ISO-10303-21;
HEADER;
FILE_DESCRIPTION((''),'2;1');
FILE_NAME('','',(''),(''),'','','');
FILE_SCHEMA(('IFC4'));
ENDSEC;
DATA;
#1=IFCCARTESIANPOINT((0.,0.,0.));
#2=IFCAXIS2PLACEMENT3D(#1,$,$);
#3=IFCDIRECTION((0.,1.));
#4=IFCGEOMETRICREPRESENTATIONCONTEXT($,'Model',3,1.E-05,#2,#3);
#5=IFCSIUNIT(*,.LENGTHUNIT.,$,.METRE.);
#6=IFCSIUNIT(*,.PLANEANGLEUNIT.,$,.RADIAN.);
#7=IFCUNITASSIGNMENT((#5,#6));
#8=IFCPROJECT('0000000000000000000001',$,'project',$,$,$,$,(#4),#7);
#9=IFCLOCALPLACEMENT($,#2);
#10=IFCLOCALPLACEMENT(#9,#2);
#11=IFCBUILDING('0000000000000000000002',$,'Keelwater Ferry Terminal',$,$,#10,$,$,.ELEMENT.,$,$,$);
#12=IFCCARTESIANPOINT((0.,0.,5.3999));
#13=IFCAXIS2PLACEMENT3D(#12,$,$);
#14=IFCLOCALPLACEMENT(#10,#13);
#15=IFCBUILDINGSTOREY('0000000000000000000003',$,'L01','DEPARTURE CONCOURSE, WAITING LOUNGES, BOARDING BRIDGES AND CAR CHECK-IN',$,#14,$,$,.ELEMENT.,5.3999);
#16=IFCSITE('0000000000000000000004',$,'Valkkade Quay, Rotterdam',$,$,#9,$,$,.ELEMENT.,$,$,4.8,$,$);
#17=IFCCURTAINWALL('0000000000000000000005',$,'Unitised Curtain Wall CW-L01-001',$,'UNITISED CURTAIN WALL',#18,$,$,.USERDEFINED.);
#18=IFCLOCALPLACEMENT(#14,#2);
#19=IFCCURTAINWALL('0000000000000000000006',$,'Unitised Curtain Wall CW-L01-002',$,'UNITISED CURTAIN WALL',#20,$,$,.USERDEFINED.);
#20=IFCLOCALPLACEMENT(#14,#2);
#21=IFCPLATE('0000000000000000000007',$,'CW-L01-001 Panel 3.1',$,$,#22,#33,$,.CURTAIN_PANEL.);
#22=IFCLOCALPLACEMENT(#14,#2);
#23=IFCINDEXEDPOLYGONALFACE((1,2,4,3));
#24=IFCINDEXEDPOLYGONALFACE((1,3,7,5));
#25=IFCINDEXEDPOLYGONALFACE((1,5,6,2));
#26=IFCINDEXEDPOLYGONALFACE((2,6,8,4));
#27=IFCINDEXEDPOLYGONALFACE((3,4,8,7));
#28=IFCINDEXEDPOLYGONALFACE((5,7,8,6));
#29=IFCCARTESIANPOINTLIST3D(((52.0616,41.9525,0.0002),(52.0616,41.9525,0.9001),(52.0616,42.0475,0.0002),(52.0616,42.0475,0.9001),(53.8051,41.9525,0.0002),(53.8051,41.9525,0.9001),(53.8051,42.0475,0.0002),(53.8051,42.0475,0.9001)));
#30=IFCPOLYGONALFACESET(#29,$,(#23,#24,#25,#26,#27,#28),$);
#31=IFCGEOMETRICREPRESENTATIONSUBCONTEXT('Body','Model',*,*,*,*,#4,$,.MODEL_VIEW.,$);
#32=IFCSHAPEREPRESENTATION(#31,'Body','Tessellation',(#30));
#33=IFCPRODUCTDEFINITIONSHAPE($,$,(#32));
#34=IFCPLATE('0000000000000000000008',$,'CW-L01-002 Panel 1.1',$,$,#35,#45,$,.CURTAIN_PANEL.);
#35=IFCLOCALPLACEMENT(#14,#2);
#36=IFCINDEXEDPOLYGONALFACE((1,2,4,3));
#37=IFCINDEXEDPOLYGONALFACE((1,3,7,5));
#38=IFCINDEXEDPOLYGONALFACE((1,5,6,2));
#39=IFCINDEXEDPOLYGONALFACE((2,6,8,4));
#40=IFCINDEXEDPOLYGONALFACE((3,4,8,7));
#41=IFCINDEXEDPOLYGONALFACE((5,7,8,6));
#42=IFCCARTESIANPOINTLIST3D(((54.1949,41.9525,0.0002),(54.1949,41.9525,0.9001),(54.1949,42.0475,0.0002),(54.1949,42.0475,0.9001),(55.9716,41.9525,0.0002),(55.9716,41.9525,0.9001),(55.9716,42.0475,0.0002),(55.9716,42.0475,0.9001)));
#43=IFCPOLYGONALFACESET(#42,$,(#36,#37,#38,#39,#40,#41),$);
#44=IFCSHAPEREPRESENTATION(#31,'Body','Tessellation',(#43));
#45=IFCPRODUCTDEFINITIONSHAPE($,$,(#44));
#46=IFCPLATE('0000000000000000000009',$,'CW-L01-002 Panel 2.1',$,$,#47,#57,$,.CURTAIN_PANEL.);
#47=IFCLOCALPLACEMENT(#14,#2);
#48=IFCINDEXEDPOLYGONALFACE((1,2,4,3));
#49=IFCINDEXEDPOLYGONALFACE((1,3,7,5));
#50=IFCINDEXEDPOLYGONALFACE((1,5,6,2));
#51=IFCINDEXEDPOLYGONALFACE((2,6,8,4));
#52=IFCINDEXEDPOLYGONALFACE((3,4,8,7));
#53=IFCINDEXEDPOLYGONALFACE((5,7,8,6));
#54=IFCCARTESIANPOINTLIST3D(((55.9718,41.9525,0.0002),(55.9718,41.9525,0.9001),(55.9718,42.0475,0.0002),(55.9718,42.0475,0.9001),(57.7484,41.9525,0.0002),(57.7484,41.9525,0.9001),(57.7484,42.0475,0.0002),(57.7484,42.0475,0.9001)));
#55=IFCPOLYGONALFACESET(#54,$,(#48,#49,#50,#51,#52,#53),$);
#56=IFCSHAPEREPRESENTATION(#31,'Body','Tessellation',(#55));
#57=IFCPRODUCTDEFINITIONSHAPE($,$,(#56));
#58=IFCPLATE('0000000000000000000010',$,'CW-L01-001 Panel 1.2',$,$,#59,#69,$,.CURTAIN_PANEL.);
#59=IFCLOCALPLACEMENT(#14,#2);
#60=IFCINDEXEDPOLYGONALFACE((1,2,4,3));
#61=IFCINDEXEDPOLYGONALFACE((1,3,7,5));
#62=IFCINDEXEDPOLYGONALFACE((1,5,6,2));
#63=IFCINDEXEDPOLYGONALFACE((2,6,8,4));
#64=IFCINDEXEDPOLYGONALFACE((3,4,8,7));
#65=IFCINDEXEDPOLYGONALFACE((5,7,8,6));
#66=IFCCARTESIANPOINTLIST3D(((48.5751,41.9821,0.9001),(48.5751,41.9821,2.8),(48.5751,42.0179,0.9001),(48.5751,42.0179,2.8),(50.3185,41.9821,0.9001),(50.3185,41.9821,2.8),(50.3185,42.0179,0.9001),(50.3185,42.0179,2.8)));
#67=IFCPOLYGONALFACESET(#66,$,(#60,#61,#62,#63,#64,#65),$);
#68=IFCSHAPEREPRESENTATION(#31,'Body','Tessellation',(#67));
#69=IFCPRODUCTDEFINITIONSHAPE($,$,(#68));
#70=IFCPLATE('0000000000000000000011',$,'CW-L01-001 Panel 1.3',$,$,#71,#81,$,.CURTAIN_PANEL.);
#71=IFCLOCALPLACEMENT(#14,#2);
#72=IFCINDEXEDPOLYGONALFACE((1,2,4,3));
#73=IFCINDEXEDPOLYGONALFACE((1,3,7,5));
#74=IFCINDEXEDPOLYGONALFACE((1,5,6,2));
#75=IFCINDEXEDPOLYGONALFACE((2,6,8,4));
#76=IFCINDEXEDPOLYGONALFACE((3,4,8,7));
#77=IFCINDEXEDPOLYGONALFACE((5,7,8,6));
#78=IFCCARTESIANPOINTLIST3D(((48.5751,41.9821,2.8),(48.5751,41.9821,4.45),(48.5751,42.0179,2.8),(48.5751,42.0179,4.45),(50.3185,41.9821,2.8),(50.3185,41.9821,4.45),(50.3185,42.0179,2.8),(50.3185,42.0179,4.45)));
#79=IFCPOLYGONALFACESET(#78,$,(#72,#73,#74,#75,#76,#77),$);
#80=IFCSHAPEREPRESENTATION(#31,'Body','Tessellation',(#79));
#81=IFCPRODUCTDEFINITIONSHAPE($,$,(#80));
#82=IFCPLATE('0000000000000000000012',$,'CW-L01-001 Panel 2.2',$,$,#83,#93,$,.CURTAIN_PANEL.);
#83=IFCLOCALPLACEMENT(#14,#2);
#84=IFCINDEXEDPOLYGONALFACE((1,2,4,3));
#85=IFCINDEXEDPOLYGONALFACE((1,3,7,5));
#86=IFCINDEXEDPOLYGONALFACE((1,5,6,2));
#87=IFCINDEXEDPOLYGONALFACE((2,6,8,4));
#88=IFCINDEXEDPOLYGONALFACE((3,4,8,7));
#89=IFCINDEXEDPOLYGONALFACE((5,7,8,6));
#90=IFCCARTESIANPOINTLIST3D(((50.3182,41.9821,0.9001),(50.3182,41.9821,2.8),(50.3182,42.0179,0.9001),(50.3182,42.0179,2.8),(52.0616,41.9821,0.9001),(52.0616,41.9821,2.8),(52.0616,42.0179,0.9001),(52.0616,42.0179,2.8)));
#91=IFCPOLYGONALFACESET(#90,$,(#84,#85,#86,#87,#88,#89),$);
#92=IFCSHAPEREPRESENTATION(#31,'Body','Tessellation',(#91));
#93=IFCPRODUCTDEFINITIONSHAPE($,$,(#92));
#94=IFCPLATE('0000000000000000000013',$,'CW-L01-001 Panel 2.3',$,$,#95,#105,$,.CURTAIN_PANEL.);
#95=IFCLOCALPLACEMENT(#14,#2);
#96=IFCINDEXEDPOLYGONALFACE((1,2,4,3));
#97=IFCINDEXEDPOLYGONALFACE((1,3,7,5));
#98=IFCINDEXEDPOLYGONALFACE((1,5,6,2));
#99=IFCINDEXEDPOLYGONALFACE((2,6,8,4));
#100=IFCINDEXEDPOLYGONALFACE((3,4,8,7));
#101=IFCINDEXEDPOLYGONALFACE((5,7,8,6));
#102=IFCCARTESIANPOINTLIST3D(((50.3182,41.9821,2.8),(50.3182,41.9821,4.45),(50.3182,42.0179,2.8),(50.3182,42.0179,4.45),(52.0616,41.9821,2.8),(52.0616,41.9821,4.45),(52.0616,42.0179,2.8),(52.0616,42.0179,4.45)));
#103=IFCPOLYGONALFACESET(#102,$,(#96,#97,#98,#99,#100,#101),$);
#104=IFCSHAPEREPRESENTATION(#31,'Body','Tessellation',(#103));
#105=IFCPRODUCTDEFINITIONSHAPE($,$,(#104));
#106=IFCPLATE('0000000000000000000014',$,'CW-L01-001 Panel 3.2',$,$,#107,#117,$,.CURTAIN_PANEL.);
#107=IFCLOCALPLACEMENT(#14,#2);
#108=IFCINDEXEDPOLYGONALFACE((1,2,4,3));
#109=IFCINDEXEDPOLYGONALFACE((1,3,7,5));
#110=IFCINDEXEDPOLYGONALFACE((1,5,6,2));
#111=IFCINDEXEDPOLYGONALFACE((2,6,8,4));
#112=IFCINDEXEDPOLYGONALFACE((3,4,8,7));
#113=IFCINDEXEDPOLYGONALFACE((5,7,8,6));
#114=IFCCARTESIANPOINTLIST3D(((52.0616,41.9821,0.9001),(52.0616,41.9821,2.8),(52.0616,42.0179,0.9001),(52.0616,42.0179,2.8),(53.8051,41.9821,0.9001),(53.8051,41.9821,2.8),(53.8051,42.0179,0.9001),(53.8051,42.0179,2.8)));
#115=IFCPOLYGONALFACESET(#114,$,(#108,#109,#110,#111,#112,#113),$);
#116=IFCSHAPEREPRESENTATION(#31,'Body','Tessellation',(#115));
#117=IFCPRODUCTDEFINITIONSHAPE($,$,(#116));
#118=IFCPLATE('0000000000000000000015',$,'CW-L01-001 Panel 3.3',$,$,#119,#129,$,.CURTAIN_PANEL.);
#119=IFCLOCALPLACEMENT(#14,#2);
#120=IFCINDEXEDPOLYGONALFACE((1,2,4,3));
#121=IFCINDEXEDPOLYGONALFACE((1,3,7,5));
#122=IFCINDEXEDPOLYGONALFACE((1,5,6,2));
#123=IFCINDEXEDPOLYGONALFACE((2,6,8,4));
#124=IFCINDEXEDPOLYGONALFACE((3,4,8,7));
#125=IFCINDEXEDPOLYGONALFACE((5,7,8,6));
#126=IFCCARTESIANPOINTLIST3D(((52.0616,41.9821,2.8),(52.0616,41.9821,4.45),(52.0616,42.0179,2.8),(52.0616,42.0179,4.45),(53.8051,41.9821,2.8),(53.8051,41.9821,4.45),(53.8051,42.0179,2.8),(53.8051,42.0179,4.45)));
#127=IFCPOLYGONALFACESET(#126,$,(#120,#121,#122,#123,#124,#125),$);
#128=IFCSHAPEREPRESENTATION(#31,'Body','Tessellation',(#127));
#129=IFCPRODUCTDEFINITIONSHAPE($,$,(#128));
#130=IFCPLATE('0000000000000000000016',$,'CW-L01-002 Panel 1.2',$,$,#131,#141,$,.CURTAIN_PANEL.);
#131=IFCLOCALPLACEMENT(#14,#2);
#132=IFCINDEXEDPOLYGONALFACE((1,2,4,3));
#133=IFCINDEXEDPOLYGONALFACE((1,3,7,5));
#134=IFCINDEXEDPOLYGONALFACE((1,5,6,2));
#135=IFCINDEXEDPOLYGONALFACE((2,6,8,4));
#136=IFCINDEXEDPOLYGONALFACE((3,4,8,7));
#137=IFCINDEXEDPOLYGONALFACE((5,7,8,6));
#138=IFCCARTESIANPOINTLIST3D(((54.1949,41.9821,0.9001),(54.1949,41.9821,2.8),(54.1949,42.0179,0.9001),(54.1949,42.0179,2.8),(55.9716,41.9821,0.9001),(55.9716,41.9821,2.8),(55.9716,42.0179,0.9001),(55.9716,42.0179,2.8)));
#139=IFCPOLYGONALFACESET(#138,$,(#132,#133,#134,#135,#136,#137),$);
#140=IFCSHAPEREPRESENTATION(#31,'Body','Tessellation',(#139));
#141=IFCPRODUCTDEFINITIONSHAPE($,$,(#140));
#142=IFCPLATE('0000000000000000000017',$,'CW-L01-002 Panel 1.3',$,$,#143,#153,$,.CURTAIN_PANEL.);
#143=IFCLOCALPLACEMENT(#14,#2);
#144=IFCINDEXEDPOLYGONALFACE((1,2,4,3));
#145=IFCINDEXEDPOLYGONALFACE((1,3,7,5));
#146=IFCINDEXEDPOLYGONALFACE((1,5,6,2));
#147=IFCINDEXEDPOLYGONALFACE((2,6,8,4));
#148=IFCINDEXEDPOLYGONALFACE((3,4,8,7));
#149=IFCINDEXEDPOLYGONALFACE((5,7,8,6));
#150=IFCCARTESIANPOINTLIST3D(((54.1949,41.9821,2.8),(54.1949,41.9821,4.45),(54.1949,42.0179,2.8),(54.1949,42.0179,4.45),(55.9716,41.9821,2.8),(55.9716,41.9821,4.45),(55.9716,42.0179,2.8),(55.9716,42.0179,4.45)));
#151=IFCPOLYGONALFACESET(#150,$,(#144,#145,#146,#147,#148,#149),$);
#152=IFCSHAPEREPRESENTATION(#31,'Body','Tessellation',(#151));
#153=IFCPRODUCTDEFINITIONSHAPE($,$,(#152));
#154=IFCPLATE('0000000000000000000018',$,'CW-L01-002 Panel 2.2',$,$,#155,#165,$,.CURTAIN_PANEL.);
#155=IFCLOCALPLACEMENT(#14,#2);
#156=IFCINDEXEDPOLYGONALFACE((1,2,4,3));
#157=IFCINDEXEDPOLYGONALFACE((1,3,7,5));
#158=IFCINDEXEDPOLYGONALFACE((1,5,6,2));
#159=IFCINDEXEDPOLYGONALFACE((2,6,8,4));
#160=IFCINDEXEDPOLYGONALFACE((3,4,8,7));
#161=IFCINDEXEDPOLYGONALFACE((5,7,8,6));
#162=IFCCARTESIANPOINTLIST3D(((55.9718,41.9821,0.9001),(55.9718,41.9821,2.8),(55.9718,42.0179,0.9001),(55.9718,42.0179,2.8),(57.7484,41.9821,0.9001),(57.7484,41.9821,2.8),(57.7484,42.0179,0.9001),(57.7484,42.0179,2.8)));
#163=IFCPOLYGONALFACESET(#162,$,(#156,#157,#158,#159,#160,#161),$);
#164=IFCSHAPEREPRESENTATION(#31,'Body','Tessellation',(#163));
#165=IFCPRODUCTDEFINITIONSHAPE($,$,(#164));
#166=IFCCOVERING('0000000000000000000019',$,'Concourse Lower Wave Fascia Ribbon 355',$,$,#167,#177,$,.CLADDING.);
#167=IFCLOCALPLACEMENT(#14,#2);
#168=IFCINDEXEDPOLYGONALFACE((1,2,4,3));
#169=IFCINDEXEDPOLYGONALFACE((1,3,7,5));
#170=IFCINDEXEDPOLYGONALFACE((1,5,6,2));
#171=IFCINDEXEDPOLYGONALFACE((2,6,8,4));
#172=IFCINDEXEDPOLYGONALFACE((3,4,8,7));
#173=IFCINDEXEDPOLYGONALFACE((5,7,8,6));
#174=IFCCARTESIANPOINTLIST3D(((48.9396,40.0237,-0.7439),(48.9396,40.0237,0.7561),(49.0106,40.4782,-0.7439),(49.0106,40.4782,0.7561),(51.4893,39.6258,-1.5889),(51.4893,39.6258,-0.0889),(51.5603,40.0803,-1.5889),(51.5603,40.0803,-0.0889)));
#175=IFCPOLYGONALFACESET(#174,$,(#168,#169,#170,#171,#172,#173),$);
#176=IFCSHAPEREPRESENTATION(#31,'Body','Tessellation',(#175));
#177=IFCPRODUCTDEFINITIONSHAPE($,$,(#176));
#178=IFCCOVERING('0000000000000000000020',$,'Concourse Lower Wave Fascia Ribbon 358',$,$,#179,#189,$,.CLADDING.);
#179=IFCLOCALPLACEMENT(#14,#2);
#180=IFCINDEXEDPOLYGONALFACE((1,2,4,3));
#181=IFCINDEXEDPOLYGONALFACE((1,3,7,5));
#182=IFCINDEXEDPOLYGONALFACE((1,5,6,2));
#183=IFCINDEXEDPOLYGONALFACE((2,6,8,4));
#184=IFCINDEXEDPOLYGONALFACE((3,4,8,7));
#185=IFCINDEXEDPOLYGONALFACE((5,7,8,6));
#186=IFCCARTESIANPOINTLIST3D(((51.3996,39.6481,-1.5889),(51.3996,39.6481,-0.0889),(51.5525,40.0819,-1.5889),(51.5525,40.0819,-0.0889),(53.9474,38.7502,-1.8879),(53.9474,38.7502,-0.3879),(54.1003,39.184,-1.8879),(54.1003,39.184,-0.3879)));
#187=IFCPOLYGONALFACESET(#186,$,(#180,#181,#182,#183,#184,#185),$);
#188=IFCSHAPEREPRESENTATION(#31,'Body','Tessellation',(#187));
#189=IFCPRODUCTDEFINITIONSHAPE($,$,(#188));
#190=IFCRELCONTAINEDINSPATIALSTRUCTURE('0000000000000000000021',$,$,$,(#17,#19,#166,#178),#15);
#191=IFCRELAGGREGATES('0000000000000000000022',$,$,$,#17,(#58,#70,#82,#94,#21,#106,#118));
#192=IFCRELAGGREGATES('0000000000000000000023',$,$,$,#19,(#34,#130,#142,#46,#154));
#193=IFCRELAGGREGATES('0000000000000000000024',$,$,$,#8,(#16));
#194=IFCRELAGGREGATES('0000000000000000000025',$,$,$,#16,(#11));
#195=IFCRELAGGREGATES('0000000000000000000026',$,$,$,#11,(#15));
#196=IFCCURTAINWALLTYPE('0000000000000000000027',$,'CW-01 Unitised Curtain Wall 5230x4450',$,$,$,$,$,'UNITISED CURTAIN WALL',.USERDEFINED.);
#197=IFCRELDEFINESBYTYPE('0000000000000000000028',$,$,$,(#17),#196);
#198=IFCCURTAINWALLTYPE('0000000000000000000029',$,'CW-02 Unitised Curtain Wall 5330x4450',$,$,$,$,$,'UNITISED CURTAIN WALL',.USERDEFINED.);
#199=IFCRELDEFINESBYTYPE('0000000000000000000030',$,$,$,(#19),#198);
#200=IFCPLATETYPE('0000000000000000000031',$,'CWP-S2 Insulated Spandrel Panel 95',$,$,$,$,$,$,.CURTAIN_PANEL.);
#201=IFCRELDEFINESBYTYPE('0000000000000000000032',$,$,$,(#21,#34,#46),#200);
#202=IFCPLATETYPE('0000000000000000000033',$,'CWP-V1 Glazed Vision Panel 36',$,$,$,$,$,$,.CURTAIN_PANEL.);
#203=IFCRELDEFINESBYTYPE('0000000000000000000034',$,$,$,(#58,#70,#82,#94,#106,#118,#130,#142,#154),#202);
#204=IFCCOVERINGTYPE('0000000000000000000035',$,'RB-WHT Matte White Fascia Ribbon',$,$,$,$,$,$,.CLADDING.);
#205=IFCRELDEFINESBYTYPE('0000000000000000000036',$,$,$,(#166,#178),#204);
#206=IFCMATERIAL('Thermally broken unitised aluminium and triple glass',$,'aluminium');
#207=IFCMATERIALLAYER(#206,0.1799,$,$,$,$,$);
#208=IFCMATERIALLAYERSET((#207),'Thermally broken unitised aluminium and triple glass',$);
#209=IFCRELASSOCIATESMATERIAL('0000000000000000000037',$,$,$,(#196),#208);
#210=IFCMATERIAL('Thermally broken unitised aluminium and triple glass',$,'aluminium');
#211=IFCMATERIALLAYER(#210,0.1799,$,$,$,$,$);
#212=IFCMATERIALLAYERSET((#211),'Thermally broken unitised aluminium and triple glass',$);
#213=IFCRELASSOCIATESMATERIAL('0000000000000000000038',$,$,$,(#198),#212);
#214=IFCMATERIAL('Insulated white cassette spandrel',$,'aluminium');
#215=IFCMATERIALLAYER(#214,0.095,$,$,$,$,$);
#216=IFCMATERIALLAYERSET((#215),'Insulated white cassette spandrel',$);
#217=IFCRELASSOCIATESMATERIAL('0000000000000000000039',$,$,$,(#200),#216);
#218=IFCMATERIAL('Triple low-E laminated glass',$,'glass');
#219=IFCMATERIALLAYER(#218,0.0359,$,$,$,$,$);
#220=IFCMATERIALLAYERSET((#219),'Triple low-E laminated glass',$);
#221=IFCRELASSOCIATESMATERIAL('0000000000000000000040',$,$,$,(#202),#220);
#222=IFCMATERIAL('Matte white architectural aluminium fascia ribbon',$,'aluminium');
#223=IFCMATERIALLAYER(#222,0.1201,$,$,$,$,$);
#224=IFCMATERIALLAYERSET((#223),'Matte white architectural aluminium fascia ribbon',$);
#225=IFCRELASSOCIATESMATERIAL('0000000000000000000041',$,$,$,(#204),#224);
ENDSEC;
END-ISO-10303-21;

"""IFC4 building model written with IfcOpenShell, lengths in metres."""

from ifc_helpers import new_model, si_unit, direction, frame, origin, origin_2d, place, context, subcontext, project, spatial, polyline, rectangle, outline, extrude, material, layer, layer_set, type_object, element, aggregate, save


model = new_model("IFC4")

# Units and contexts
model_context = context("Model", 3, precision=1e-05, world=origin(), true_north=direction((0.0, 1.0)))
body_context = subcontext(model_context, "Body", "Model", "MODEL_VIEW")
ifc_project = project(units=[si_unit("LENGTHUNIT", "METRE"), si_unit("PLANEANGLEUNIT", "RADIAN")], contexts=[model_context])

# Site, building, storey
site_placement = place(None, origin())
site = spatial("IfcSite", under=ifc_project, at=site_placement, Name="Valkkade Quay, Rotterdam", CompositionType="ELEMENT", RefElevation=4.8)
building_placement = place(site_placement, origin())
building = spatial("IfcBuilding", under=site, at=building_placement, Name="Keelwater Ferry Terminal", CompositionType="ELEMENT")
storey_placement = place(building_placement, frame((0.0, 0.0, 5.3999)))
storey = spatial("IfcBuildingStorey", under=building, at=storey_placement, Name="L01", Description="DEPARTURE CONCOURSE, WAITING LOUNGES, BOARDING BRIDGES AND CAR CHECK-IN", CompositionType="ELEMENT", Elevation=5.3999)

# Curtain walls
ifc_material_1 = material(Name="Thermally broken unitised aluminium and triple glass", Category="aluminium")
ifc_layer_1 = layer(ifc_material_1, 0.1799)
ifc_layer_set_1 = layer_set([ifc_layer_1], Name="Thermally broken unitised aluminium and triple glass")
curtain_wall_type_1 = type_object("IfcCurtainWallType", Name="CW-01 Unitised Curtain Wall 5230x4450", ElementType="UNITISED CURTAIN WALL", PredefinedType="USERDEFINED", material=ifc_layer_set_1)
curtain_wall_1_placement = place(storey_placement, origin())
curtain_wall_1 = element("IfcCurtainWall", 1, at=curtain_wall_1_placement, inside=storey, type_object=curtain_wall_type_1, Name="Unitised Curtain Wall CW-L01-001", ObjectType="UNITISED CURTAIN WALL", PredefinedType="USERDEFINED")
ifc_material_2 = material(Name="Thermally broken unitised aluminium and triple glass", Category="aluminium")
ifc_layer_2 = layer(ifc_material_2, 0.1799)
ifc_layer_set_2 = layer_set([ifc_layer_2], Name="Thermally broken unitised aluminium and triple glass")
curtain_wall_type_2 = type_object("IfcCurtainWallType", Name="CW-02 Unitised Curtain Wall 5330x4450", ElementType="UNITISED CURTAIN WALL", PredefinedType="USERDEFINED", material=ifc_layer_set_2)
curtain_wall_2_placement = place(storey_placement, origin())
curtain_wall_2 = element("IfcCurtainWall", 2, at=curtain_wall_2_placement, inside=storey, type_object=curtain_wall_type_2, Name="Unitised Curtain Wall CW-L01-002", ObjectType="UNITISED CURTAIN WALL", PredefinedType="USERDEFINED")

# Plates
ifc_material_3 = material(Name="Insulated white cassette spandrel", Category="aluminium")
ifc_layer_3 = layer(ifc_material_3, 0.095)
ifc_layer_set_3 = layer_set([ifc_layer_3], Name="Insulated white cassette spandrel")
plate_type_1 = type_object("IfcPlateType", Name="CWP-S2 Insulated Spandrel Panel 95", PredefinedType="CURTAIN_PANEL", material=ifc_layer_set_3)
plate_1_placement = place(storey_placement, frame((52.9333, 42.0, 0.0002), z_axis=(0.0, 0.0, 1.0), x_axis=(1.0, 0.0, 0.0)))
plate_1 = element("IfcPlate", 3, at=plate_1_placement, type_object=plate_type_1, Name="CW-L01-001 Panel 3.1", PredefinedType="CURTAIN_PANEL", context=body_context, shape_type="SweptSolid", body=[
    extrude(rectangle(XDim=1.7434, YDim=0.095, at=origin_2d()), origin(), (0.0, 0.0, 1.0), 0.8999),
])
plate_2_placement = place(storey_placement, frame((55.0833, 42.0, 0.0002), z_axis=(0.0, 0.0, 1.0), x_axis=(1.0, 0.0, 0.0)))
plate_2 = element("IfcPlate", 4, at=plate_2_placement, type_object=plate_type_1, Name="CW-L01-002 Panel 1.1", PredefinedType="CURTAIN_PANEL", context=body_context, shape_type="SweptSolid", body=[
    extrude(rectangle(XDim=1.7766, YDim=0.095, at=origin_2d()), origin(), (0.0, 0.0, 1.0), 0.8999),
])
plate_3_placement = place(storey_placement, frame((56.8601, 42.0, 0.0002), z_axis=(0.0, 0.0, 1.0), x_axis=(1.0, 0.0, 0.0)))
plate_3 = element("IfcPlate", 5, at=plate_3_placement, type_object=plate_type_1, Name="CW-L01-002 Panel 2.1", PredefinedType="CURTAIN_PANEL", context=body_context, shape_type="SweptSolid", body=[
    extrude(rectangle(XDim=1.7766, YDim=0.095, at=origin_2d()), origin(), (0.0, 0.0, 1.0), 0.8999),
])
ifc_material_4 = material(Name="Triple low-E laminated glass", Category="glass")
ifc_layer_4 = layer(ifc_material_4, 0.0359)
ifc_layer_set_4 = layer_set([ifc_layer_4], Name="Triple low-E laminated glass")
plate_type_2 = type_object("IfcPlateType", Name="CWP-V1 Glazed Vision Panel 36", PredefinedType="CURTAIN_PANEL", material=ifc_layer_set_4)
plate_4_placement = place(storey_placement, frame((49.4468, 42.0, 0.9001), z_axis=(0.0, 0.0, 1.0), x_axis=(1.0, 0.0, 0.0)))
plate_4 = element("IfcPlate", 6, at=plate_4_placement, type_object=plate_type_2, Name="CW-L01-001 Panel 1.2", PredefinedType="CURTAIN_PANEL", context=body_context, shape_type="SweptSolid", body=[
    extrude(rectangle(XDim=1.7434, YDim=0.0359, at=origin_2d()), origin(), (0.0, 0.0, 1.0), 1.8999),
])
plate_5_placement = place(storey_placement, frame((49.4468, 42.0, 2.8), z_axis=(0.0, 0.0, 1.0), x_axis=(1.0, 0.0, 0.0)))
plate_5 = element("IfcPlate", 7, at=plate_5_placement, type_object=plate_type_2, Name="CW-L01-001 Panel 1.3", PredefinedType="CURTAIN_PANEL", context=body_context, shape_type="SweptSolid", body=[
    extrude(rectangle(XDim=1.7434, YDim=0.0359, at=origin_2d()), origin(), (0.0, 0.0, 1.0), 1.6499),
])
plate_6_placement = place(storey_placement, frame((51.1899, 42.0, 0.9001), z_axis=(0.0, 0.0, 1.0), x_axis=(1.0, 0.0, 0.0)))
plate_6 = element("IfcPlate", 8, at=plate_6_placement, type_object=plate_type_2, Name="CW-L01-001 Panel 2.2", PredefinedType="CURTAIN_PANEL", context=body_context, shape_type="SweptSolid", body=[
    extrude(rectangle(XDim=1.7434, YDim=0.0359, at=origin_2d()), origin(), (0.0, 0.0, 1.0), 1.8999),
])
plate_7_placement = place(storey_placement, frame((51.1899, 42.0, 2.8), z_axis=(0.0, 0.0, 1.0), x_axis=(1.0, 0.0, 0.0)))
plate_7 = element("IfcPlate", 9, at=plate_7_placement, type_object=plate_type_2, Name="CW-L01-001 Panel 2.3", PredefinedType="CURTAIN_PANEL", context=body_context, shape_type="SweptSolid", body=[
    extrude(rectangle(XDim=1.7434, YDim=0.0359, at=origin_2d()), origin(), (0.0, 0.0, 1.0), 1.6499),
])
plate_8_placement = place(storey_placement, frame((52.9333, 42.0, 0.9001), z_axis=(0.0, 0.0, 1.0), x_axis=(1.0, 0.0, 0.0)))
plate_8 = element("IfcPlate", 10, at=plate_8_placement, type_object=plate_type_2, Name="CW-L01-001 Panel 3.2", PredefinedType="CURTAIN_PANEL", context=body_context, shape_type="SweptSolid", body=[
    extrude(rectangle(XDim=1.7434, YDim=0.0359, at=origin_2d()), origin(), (0.0, 0.0, 1.0), 1.8999),
])
plate_9_placement = place(storey_placement, frame((52.9333, 42.0, 2.8), z_axis=(0.0, 0.0, 1.0), x_axis=(1.0, 0.0, 0.0)))
plate_9 = element("IfcPlate", 11, at=plate_9_placement, type_object=plate_type_2, Name="CW-L01-001 Panel 3.3", PredefinedType="CURTAIN_PANEL", context=body_context, shape_type="SweptSolid", body=[
    extrude(rectangle(XDim=1.7434, YDim=0.0359, at=origin_2d()), origin(), (0.0, 0.0, 1.0), 1.6499),
])
aggregate(curtain_wall_1, [plate_4, plate_5, plate_6, plate_7, plate_1, plate_8, plate_9])
plate_10_placement = place(storey_placement, frame((55.0833, 42.0, 0.9001), z_axis=(0.0, 0.0, 1.0), x_axis=(1.0, 0.0, 0.0)))
plate_10 = element("IfcPlate", 12, at=plate_10_placement, type_object=plate_type_2, Name="CW-L01-002 Panel 1.2", PredefinedType="CURTAIN_PANEL", context=body_context, shape_type="SweptSolid", body=[
    extrude(rectangle(XDim=1.7766, YDim=0.0359, at=origin_2d()), origin(), (0.0, 0.0, 1.0), 1.8999),
])
plate_11_placement = place(storey_placement, frame((55.0833, 42.0, 2.8), z_axis=(0.0, 0.0, 1.0), x_axis=(1.0, 0.0, 0.0)))
plate_11 = element("IfcPlate", 13, at=plate_11_placement, type_object=plate_type_2, Name="CW-L01-002 Panel 1.3", PredefinedType="CURTAIN_PANEL", context=body_context, shape_type="SweptSolid", body=[
    extrude(rectangle(XDim=1.7766, YDim=0.0359, at=origin_2d()), origin(), (0.0, 0.0, 1.0), 1.6499),
])
plate_12_placement = place(storey_placement, frame((56.8601, 42.0, 0.9001), z_axis=(0.0, 0.0, 1.0), x_axis=(1.0, 0.0, 0.0)))
plate_12 = element("IfcPlate", 14, at=plate_12_placement, type_object=plate_type_2, Name="CW-L01-002 Panel 2.2", PredefinedType="CURTAIN_PANEL", context=body_context, shape_type="SweptSolid", body=[
    extrude(rectangle(XDim=1.7766, YDim=0.0359, at=origin_2d()), origin(), (0.0, 0.0, 1.0), 1.8999),
])
aggregate(curtain_wall_2, [plate_2, plate_10, plate_11, plate_3, plate_12])

# Coverings
ifc_material_5 = material(Name="Matte white architectural aluminium fascia ribbon", Category="aluminium")
ifc_layer_5 = layer(ifc_material_5, 0.1201)
ifc_layer_set_5 = layer_set([ifc_layer_5], Name="Matte white architectural aluminium fascia ribbon")
covering_type = type_object("IfcCoveringType", Name="RB-WHT Matte White Fascia Ribbon", PredefinedType="CLADDING", material=ifc_layer_set_5)
covering_1_placement = place(storey_placement, frame((48.9751, 40.251, -1.5889), z_axis=(0.0, 0.0, 1.0), x_axis=(0.988039, -0.154204, 0.0)))
element("IfcCovering", 15, at=covering_1_placement, inside=storey, type_object=covering_type, Name="Concourse Lower Wave Fascia Ribbon 355", PredefinedType="CLADDING", context=body_context, shape_type="SweptSolid", body=[
    extrude(outline(polyline([(0.0, 0.845), (2.5806, 0.0), (2.5806, 1.5), (0.0, 2.345), (0.0, 0.845)])), frame((0.0, 0.23, 0.0), z_axis=(0.0, -1.0, 0.0), x_axis=(1.0, 0.0, 0.0)), (0.0, 0.0, 1.0), 0.46),
])
covering_2_placement = place(storey_placement, frame((51.4761, 39.865, -1.8879), z_axis=(0.0, 0.0, 1.0), x_axis=(0.94314, -0.332395, 0.0)))
element("IfcCovering", 16, at=covering_2_placement, inside=storey, type_object=covering_type, Name="Concourse Lower Wave Fascia Ribbon 358", PredefinedType="CLADDING", context=body_context, shape_type="SweptSolid", body=[
    extrude(outline(polyline([(0.0, 0.2991), (2.7014, 0.0), (2.7014, 1.5), (0.0, 1.7991), (0.0, 0.2991)])), frame((0.0, 0.23, 0.0), z_axis=(0.0, -1.0, 0.0), x_axis=(1.0, 0.0, 0.0)), (0.0, 0.0, 1.0), 0.46),
])

save(model, "model.ifc")
